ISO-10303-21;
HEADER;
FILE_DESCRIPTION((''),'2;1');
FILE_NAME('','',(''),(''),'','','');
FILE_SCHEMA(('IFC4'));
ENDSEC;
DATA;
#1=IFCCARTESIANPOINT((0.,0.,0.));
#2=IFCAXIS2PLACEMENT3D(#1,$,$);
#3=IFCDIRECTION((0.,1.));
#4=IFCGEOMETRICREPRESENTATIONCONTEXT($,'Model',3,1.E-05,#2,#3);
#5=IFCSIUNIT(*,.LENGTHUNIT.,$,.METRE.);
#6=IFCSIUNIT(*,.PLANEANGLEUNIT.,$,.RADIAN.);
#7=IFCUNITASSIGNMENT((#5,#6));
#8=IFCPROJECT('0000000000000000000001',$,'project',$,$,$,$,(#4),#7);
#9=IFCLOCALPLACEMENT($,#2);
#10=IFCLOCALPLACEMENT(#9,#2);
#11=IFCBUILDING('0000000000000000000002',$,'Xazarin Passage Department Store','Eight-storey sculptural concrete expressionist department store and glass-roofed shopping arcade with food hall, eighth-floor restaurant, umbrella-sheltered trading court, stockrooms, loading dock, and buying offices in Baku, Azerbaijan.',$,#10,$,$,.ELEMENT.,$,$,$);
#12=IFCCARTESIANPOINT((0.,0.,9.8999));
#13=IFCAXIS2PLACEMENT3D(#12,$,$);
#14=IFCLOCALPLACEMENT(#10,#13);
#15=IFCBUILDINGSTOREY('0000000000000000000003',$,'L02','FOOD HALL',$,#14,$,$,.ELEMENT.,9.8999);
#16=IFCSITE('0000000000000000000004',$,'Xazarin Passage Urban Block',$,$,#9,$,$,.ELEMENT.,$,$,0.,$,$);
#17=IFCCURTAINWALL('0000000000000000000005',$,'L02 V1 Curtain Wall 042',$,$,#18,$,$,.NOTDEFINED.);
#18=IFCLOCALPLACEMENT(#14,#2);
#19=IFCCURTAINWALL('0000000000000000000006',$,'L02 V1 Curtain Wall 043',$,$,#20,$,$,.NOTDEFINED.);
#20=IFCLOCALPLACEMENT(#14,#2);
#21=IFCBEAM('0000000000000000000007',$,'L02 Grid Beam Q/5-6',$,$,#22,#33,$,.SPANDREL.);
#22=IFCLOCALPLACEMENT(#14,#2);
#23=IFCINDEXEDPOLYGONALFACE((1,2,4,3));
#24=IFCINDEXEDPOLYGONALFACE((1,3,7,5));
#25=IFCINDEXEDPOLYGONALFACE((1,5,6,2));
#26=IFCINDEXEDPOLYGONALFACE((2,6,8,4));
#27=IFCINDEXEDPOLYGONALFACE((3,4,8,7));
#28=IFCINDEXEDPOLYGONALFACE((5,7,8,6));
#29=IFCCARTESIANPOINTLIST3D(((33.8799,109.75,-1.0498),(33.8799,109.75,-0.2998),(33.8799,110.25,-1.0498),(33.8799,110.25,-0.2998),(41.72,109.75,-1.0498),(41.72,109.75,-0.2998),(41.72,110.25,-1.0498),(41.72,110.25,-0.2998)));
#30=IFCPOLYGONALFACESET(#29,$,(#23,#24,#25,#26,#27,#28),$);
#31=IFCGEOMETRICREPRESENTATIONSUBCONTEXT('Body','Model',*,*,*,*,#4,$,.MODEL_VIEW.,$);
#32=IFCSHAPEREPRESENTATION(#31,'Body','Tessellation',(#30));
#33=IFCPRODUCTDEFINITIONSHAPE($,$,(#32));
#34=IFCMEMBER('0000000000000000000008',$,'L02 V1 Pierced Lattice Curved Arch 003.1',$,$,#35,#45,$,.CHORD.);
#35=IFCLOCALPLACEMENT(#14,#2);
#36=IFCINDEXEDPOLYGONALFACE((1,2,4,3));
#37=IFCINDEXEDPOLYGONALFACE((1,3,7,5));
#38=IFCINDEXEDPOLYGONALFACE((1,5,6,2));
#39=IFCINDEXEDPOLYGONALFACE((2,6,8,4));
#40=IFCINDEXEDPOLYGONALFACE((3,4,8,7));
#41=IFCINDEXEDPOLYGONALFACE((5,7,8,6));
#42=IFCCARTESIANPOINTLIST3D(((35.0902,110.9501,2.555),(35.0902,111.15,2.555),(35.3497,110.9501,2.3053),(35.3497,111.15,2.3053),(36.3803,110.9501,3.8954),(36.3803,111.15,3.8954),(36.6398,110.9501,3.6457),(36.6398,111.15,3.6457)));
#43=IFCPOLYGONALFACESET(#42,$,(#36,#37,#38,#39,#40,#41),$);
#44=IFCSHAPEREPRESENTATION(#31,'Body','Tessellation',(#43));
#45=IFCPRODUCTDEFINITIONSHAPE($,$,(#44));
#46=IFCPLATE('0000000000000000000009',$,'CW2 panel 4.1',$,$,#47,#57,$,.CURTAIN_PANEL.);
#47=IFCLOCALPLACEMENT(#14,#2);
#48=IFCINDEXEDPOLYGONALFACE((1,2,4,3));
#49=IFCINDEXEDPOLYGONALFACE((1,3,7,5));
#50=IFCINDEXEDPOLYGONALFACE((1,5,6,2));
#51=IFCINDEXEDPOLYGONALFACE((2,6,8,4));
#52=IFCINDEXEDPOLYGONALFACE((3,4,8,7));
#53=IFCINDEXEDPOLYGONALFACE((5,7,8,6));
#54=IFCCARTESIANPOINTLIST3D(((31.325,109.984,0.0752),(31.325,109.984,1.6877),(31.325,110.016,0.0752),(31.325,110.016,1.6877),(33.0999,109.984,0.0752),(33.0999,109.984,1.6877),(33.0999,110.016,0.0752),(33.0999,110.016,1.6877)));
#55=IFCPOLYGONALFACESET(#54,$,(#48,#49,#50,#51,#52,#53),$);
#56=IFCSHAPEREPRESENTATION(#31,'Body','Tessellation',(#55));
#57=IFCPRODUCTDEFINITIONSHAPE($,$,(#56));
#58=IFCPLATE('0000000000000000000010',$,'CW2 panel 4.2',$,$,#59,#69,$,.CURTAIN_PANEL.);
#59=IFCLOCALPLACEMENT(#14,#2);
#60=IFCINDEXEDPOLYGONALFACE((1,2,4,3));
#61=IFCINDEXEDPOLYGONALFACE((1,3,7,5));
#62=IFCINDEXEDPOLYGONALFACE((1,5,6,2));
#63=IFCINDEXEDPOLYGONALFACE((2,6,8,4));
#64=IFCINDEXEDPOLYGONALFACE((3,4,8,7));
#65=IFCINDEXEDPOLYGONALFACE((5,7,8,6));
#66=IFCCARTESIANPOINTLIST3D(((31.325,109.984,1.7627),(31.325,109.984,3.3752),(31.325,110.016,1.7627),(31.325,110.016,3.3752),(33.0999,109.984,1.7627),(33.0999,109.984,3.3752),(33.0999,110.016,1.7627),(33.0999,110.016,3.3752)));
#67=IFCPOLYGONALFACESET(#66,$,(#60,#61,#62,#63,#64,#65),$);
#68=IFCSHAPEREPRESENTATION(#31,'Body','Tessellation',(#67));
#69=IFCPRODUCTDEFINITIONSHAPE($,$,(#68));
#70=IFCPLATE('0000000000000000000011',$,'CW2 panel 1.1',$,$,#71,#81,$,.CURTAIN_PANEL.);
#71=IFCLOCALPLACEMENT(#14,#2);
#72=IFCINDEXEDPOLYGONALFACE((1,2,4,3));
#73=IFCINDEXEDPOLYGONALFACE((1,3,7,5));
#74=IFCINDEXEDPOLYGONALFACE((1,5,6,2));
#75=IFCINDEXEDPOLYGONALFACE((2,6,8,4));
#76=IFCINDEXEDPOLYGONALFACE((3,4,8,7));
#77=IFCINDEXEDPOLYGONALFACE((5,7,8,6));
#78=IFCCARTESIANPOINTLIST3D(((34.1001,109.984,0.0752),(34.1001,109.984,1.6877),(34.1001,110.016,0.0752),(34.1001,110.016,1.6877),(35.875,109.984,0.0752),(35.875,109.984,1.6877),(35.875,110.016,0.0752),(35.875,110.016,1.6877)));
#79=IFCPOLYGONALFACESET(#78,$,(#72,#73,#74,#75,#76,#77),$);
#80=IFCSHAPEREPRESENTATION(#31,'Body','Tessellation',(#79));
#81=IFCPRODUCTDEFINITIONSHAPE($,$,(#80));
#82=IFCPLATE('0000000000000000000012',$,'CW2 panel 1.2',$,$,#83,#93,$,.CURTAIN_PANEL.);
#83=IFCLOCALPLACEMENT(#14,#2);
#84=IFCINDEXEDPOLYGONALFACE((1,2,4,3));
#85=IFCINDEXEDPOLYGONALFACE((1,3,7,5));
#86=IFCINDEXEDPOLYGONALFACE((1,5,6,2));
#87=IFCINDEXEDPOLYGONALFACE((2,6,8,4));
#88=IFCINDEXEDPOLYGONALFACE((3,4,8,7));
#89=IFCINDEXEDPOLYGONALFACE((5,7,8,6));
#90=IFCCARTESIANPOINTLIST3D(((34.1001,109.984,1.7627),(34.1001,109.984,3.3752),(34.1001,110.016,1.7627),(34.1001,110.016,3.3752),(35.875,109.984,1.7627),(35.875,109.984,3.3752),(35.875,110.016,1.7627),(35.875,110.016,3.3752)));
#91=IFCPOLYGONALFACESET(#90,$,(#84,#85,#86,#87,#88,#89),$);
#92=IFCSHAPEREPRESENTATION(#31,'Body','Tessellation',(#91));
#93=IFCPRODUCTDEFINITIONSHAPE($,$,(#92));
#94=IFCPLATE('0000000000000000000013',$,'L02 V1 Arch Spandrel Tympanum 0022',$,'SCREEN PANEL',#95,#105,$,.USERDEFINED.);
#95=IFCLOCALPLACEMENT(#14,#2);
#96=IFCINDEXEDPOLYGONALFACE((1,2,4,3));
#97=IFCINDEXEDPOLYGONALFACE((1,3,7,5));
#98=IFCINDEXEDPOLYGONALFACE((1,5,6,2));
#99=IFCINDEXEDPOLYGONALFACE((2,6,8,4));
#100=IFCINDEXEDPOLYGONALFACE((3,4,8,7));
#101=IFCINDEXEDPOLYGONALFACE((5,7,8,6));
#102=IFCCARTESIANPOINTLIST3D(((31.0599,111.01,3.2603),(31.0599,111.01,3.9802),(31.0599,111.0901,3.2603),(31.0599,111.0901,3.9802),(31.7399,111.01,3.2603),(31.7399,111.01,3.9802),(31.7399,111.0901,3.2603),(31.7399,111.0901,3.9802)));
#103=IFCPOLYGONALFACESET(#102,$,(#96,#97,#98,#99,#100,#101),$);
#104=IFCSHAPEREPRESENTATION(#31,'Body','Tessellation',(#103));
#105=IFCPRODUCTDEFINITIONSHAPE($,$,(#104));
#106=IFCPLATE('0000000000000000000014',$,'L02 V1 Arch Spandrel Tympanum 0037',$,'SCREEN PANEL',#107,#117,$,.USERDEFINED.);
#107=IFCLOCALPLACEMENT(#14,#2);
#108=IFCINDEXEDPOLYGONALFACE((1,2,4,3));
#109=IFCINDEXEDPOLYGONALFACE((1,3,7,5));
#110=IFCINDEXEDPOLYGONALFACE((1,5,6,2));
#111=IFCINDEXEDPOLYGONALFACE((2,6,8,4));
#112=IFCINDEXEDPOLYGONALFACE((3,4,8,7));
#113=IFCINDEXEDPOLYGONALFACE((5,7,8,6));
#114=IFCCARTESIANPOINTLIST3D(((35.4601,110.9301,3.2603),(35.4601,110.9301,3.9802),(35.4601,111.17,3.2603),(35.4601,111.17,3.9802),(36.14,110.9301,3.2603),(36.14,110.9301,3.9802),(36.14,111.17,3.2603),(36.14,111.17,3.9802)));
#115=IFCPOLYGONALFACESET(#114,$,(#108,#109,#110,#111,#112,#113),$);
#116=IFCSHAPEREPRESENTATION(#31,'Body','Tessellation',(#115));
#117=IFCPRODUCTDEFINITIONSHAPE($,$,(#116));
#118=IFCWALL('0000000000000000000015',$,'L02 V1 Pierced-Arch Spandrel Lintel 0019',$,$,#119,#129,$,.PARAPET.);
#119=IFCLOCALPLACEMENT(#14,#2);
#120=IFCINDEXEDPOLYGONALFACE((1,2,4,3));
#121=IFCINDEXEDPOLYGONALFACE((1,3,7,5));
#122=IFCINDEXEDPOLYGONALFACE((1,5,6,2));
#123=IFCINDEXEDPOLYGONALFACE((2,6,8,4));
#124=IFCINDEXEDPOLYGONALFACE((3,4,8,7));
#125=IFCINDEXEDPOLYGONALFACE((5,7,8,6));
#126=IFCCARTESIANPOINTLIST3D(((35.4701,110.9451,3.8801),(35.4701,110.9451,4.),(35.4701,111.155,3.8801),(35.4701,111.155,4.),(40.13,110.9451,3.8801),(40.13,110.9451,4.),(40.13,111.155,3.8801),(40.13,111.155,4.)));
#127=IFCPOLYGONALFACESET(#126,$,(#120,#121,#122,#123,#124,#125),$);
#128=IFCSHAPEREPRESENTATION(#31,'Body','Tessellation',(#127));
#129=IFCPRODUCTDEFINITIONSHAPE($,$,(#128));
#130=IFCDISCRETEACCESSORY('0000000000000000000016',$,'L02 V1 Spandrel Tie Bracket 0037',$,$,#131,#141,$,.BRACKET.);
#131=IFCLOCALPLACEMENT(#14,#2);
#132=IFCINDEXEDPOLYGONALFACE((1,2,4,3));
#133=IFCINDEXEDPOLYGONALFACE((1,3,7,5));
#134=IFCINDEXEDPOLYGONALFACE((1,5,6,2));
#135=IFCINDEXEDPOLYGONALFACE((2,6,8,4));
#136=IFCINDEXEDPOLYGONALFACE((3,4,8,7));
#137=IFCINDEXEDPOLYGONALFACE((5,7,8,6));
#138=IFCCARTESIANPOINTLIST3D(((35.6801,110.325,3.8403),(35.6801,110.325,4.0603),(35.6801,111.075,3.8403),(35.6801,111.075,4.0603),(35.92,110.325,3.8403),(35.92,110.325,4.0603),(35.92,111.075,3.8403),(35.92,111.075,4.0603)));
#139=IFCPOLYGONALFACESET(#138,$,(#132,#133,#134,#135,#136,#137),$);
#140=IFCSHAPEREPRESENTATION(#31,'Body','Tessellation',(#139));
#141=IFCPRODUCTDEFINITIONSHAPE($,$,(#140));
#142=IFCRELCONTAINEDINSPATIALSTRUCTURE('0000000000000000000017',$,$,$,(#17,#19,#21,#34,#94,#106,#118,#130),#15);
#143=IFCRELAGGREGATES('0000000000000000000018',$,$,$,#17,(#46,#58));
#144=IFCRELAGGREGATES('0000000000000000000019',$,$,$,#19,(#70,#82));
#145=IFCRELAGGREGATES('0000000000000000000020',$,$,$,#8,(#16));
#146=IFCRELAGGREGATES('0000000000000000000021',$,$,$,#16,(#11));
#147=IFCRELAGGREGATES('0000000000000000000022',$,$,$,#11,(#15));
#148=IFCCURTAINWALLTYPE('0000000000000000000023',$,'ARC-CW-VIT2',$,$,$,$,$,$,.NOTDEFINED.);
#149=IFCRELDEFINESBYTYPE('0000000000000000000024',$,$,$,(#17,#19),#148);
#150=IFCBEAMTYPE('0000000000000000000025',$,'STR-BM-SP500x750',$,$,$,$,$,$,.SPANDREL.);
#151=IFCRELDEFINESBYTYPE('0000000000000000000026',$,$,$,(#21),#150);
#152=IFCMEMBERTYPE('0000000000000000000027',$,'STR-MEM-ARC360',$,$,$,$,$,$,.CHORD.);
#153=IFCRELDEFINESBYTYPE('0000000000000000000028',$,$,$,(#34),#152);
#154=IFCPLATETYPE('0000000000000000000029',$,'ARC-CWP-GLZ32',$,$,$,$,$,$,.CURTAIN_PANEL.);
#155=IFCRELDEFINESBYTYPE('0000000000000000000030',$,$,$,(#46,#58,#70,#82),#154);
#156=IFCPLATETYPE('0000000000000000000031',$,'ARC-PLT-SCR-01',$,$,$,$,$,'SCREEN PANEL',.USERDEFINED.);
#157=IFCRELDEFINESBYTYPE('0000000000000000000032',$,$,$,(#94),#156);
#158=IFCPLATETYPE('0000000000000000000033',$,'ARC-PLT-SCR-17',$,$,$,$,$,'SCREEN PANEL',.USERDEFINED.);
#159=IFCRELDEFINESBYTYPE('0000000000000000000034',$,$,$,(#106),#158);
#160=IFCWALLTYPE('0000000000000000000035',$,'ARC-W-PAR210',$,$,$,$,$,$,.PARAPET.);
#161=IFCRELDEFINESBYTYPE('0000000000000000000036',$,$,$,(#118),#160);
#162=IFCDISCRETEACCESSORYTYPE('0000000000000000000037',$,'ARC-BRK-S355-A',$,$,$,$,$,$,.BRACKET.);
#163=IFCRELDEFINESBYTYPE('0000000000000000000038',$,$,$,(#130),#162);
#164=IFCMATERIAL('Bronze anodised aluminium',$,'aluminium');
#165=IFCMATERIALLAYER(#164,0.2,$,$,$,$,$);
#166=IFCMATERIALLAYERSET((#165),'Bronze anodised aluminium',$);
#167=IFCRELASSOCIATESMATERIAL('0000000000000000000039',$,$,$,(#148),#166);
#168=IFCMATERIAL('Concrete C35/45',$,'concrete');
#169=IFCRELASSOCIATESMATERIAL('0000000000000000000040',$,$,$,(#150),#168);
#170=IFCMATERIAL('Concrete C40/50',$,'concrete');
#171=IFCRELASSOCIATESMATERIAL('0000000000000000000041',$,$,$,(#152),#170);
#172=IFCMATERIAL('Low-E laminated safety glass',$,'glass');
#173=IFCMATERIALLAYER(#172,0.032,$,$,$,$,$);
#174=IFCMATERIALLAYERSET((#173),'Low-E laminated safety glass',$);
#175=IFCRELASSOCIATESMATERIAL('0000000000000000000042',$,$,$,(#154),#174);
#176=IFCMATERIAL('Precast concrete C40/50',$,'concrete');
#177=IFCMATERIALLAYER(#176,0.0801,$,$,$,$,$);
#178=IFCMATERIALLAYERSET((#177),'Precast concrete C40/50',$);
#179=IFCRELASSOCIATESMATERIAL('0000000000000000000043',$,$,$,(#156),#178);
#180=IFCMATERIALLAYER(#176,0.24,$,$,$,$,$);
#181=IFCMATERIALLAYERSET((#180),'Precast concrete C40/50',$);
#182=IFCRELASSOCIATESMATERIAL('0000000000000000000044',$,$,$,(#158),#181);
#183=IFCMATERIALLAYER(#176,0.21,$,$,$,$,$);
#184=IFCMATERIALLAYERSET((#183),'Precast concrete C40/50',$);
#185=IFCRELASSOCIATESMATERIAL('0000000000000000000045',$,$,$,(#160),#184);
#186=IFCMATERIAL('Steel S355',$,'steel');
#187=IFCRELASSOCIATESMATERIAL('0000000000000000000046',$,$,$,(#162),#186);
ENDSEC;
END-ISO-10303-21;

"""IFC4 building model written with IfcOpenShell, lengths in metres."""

from ifc_helpers import new_model, si_unit, direction, frame, frame_2d, origin, origin_2d, place, context, subcontext, project, spatial, rectangle, extrude, material, layer, layer_set, material_profile, profile_set, type_object, element, aggregate, save


model = new_model("IFC4")

# Units and contexts
model_context = context("Model", 3, precision=1e-05, world=origin(), true_north=direction((0.0, 1.0)))
body_context = subcontext(model_context, "Body", "Model", "MODEL_VIEW")
ifc_project = project(units=[si_unit("LENGTHUNIT", "METRE"), si_unit("PLANEANGLEUNIT", "RADIAN")], contexts=[model_context])

# Site, building, storey
site_placement = place(None, origin())
site = spatial("IfcSite", under=ifc_project, at=site_placement, Name="Xazarin Passage Urban Block", CompositionType="ELEMENT", RefElevation=0.0)
building_placement = place(site_placement, origin())
building = spatial("IfcBuilding", under=site, at=building_placement, Name="Xazarin Passage Department Store", Description="Eight-storey sculptural concrete expressionist department store and glass-roofed shopping arcade with food hall, eighth-floor restaurant, umbrella-sheltered trading court, stockrooms, loading dock, and buying offices in Baku, Azerbaijan.", CompositionType="ELEMENT")
storey_placement = place(building_placement, frame((0.0, 0.0, 9.8999)))
storey = spatial("IfcBuildingStorey", under=building, at=storey_placement, Name="L02", Description="FOOD HALL", CompositionType="ELEMENT", Elevation=9.8999)

# Shared definitions
ifc_material_1 = material(Name="Concrete C40/50", Category="concrete")

# Curtain wall
ifc_material_2 = material(Name="Bronze anodised aluminium", Category="aluminium")
ifc_layer_1 = layer(ifc_material_2, 0.2)
ifc_layer_set_1 = layer_set([ifc_layer_1], Name="Bronze anodised aluminium")
curtain_wall_type = type_object("IfcCurtainWallType", Name="ARC-CW-VIT2", PredefinedType="NOTDEFINED", material=ifc_layer_set_1)
curtain_wall_1_placement = place(storey_placement, origin())
curtain_wall_1 = element("IfcCurtainWall", 1, at=curtain_wall_1_placement, inside=storey, type_object=curtain_wall_type, Name="L02 V1 Curtain Wall 042", PredefinedType="NOTDEFINED")

# Curtain wall
curtain_wall_2_placement = place(storey_placement, origin())
curtain_wall_2 = element("IfcCurtainWall", 2, at=curtain_wall_2_placement, inside=storey, type_object=curtain_wall_type, Name="L02 V1 Curtain Wall 043", PredefinedType="NOTDEFINED")

# Beam
ifc_material_3 = material(Name="Concrete C35/45", Category="concrete")
ifc_material_profile_1 = material_profile(ifc_material_3, rectangle(XDim=0.5, YDim=0.75, at=origin_2d()), Name="RC 500x750")
ifc_profile_set_1 = profile_set([ifc_material_profile_1], Name="Concrete C35/45")
beam_type_1 = type_object("IfcBeamType", Name="STR-BM-SP500x750", PredefinedType="SPANDREL", material=ifc_profile_set_1)
beam_1_placement = place(storey_placement, frame((33.8799, 110.0, -0.6748), z_axis=(1.0, 0.0, 0.0), x_axis=(0.0, 1.0, 0.0)))
element("IfcBeam", 3, at=beam_1_placement, inside=storey, type_object=beam_type_1, Name="L02 Grid Beam Q/5-6", PredefinedType="SPANDREL", context=body_context, shape_type="SweptSolid", body=[
    extrude(rectangle(XDim=0.5, YDim=0.75, at=origin_2d()), origin(), (0.0, 0.0, 1.0), 7.8401),
])

# Member
ifc_material_profile_2 = material_profile(ifc_material_1, rectangle(XDim=0.2, YDim=0.3601, at=origin_2d()), Name="RC 200x360")
ifc_profile_set_2 = profile_set([ifc_material_profile_2], Name="Concrete C40/50")
member_type_1 = type_object("IfcMemberType", Name="STR-MEM-ARC360", PredefinedType="CHORD", material=ifc_profile_set_2)
member_1_placement = place(storey_placement, frame((35.22, 111.05, 2.4302), z_axis=(0.69346, 0.0, 0.720495), x_axis=(0.0, 1.0, 0.0)))
element("IfcMember", 4, at=member_1_placement, inside=storey, type_object=member_type_1, Name="L02 V1 Pierced Lattice Curved Arch 003.1", PredefinedType="CHORD", context=body_context, shape_type="SweptSolid", body=[
    extrude(rectangle(XDim=0.2, YDim=0.3601, at=origin_2d()), origin(), (0.0, 0.0, 1.0), 1.8604),
])

# Plates
ifc_material_4 = material(Name="Low-E laminated safety glass", Category="glass")
ifc_layer_2 = layer(ifc_material_4, 0.032)
ifc_layer_set_2 = layer_set([ifc_layer_2], Name="Low-E laminated safety glass")
plate_type_1 = type_object("IfcPlateType", Name="ARC-CWP-GLZ32", PredefinedType="CURTAIN_PANEL", material=ifc_layer_set_2)
plate_1_placement = place(storey_placement, frame((32.2124, 110.0, 0.0752), z_axis=(0.0, 0.0, 1.0), x_axis=(1.0, 0.0, 0.0)))
plate_1 = element("IfcPlate", 5, at=plate_1_placement, type_object=plate_type_1, Name="CW2 panel 4.1", PredefinedType="CURTAIN_PANEL", context=body_context, shape_type="SweptSolid", body=[
    extrude(rectangle(XDim=1.7749, YDim=0.032, at=origin_2d()), origin(), (0.0, 0.0, 1.0), 1.6125),
])
plate_2_placement = place(storey_placement, frame((32.2124, 110.0, 1.7627), z_axis=(0.0, 0.0, 1.0), x_axis=(1.0, 0.0, 0.0)))
plate_2 = element("IfcPlate", 6, at=plate_2_placement, type_object=plate_type_1, Name="CW2 panel 4.2", PredefinedType="CURTAIN_PANEL", context=body_context, shape_type="SweptSolid", body=[
    extrude(rectangle(XDim=1.7749, YDim=0.032, at=origin_2d()), origin(), (0.0, 0.0, 1.0), 1.6125),
])
aggregate(curtain_wall_1, [plate_1, plate_2])
plate_3_placement = place(storey_placement, frame((34.9875, 110.0, 0.0752), z_axis=(0.0, 0.0, 1.0), x_axis=(1.0, 0.0, 0.0)))
plate_3 = element("IfcPlate", 7, at=plate_3_placement, type_object=plate_type_1, Name="CW2 panel 1.1", PredefinedType="CURTAIN_PANEL", context=body_context, shape_type="SweptSolid", body=[
    extrude(rectangle(XDim=1.7749, YDim=0.032, at=origin_2d()), origin(), (0.0, 0.0, 1.0), 1.6125),
])
plate_4_placement = place(storey_placement, frame((34.9875, 110.0, 1.7627), z_axis=(0.0, 0.0, 1.0), x_axis=(1.0, 0.0, 0.0)))
plate_4 = element("IfcPlate", 8, at=plate_4_placement, type_object=plate_type_1, Name="CW2 panel 1.2", PredefinedType="CURTAIN_PANEL", context=body_context, shape_type="SweptSolid", body=[
    extrude(rectangle(XDim=1.7749, YDim=0.032, at=origin_2d()), origin(), (0.0, 0.0, 1.0), 1.6125),
])
aggregate(curtain_wall_2, [plate_3, plate_4])

# Plates
ifc_material_5 = material(Name="Precast concrete C40/50", Category="concrete")
ifc_layer_3 = layer(ifc_material_5, 0.0801)
ifc_layer_set_3 = layer_set([ifc_layer_3], Name="Precast concrete C40/50")
plate_type_2 = type_object("IfcPlateType", Name="ARC-PLT-SCR-01", ElementType="SCREEN PANEL", PredefinedType="USERDEFINED", material=ifc_layer_set_3)
plate_5_placement = place(storey_placement, frame((31.3999, 111.05, 3.2603), z_axis=(0.0, 0.0, 1.0), x_axis=(1.0, 0.0, 0.0)))
element("IfcPlate", 9, at=plate_5_placement, inside=storey, type_object=plate_type_2, Name="L02 V1 Arch Spandrel Tympanum 0022", ObjectType="SCREEN PANEL", PredefinedType="USERDEFINED", context=body_context, shape_type="SweptSolid", body=[
    extrude(rectangle(XDim=0.6799, YDim=0.0801, at=origin_2d()), origin(), (0.0, 0.0, 1.0), 0.72),
])
ifc_layer_4 = layer(ifc_material_5, 0.24)
ifc_layer_set_4 = layer_set([ifc_layer_4], Name="Precast concrete C40/50")
plate_type_3 = type_object("IfcPlateType", Name="ARC-PLT-SCR-17", ElementType="SCREEN PANEL", PredefinedType="USERDEFINED", material=ifc_layer_set_4)
plate_6_placement = place(storey_placement, frame((35.8, 111.05, 3.2603), z_axis=(0.0, 0.0, 1.0), x_axis=(1.0, 0.0, 0.0)))
element("IfcPlate", 10, at=plate_6_placement, inside=storey, type_object=plate_type_3, Name="L02 V1 Arch Spandrel Tympanum 0037", ObjectType="SCREEN PANEL", PredefinedType="USERDEFINED", context=body_context, shape_type="SweptSolid", body=[
    extrude(rectangle(XDim=0.6799, YDim=0.24, at=origin_2d()), origin(), (0.0, 0.0, 1.0), 0.72),
])

# Wall
ifc_layer_5 = layer(ifc_material_5, 0.21)
ifc_layer_set_5 = layer_set([ifc_layer_5], Name="Precast concrete C40/50")
wall_type = type_object("IfcWallType", Name="ARC-W-PAR210", PredefinedType="PARAPET", material=ifc_layer_set_5)
wall_placement = place(storey_placement, frame((35.47, 111.05, 3.8801), z_axis=(0.0, 0.0, 1.0), x_axis=(1.0, 0.0, 0.0)))
element("IfcWall", 11, at=wall_placement, inside=storey, type_object=wall_type, Name="L02 V1 Pierced-Arch Spandrel Lintel 0019", PredefinedType="PARAPET", context=body_context, shape_type="SweptSolid", body=[
    extrude(rectangle(XDim=4.6599, YDim=0.21, at=frame_2d((2.3301, 0.0))), origin(), (0.0, 0.0, 1.0), 0.1199),
])

# Discrete accessory
ifc_material_6 = material(Name="Steel S355", Category="steel")
discrete_accessory_type = type_object("IfcDiscreteAccessoryType", Name="ARC-BRK-S355-A", PredefinedType="BRACKET", material=ifc_material_6)
discrete_accessory_placement = place(storey_placement, frame((35.8, 110.7, 3.8403), z_axis=(0.0, 0.0, 1.0), x_axis=(1.0, 0.0, 0.0)))
element("IfcDiscreteAccessory", 12, at=discrete_accessory_placement, inside=storey, type_object=discrete_accessory_type, Name="L02 V1 Spandrel Tie Bracket 0037", PredefinedType="BRACKET", context=body_context, shape_type="SweptSolid", body=[
    extrude(rectangle(XDim=0.24, YDim=0.75, at=origin_2d()), origin(), (0.0, 0.0, 1.0), 0.22),
])

save(model, "model.ifc")
